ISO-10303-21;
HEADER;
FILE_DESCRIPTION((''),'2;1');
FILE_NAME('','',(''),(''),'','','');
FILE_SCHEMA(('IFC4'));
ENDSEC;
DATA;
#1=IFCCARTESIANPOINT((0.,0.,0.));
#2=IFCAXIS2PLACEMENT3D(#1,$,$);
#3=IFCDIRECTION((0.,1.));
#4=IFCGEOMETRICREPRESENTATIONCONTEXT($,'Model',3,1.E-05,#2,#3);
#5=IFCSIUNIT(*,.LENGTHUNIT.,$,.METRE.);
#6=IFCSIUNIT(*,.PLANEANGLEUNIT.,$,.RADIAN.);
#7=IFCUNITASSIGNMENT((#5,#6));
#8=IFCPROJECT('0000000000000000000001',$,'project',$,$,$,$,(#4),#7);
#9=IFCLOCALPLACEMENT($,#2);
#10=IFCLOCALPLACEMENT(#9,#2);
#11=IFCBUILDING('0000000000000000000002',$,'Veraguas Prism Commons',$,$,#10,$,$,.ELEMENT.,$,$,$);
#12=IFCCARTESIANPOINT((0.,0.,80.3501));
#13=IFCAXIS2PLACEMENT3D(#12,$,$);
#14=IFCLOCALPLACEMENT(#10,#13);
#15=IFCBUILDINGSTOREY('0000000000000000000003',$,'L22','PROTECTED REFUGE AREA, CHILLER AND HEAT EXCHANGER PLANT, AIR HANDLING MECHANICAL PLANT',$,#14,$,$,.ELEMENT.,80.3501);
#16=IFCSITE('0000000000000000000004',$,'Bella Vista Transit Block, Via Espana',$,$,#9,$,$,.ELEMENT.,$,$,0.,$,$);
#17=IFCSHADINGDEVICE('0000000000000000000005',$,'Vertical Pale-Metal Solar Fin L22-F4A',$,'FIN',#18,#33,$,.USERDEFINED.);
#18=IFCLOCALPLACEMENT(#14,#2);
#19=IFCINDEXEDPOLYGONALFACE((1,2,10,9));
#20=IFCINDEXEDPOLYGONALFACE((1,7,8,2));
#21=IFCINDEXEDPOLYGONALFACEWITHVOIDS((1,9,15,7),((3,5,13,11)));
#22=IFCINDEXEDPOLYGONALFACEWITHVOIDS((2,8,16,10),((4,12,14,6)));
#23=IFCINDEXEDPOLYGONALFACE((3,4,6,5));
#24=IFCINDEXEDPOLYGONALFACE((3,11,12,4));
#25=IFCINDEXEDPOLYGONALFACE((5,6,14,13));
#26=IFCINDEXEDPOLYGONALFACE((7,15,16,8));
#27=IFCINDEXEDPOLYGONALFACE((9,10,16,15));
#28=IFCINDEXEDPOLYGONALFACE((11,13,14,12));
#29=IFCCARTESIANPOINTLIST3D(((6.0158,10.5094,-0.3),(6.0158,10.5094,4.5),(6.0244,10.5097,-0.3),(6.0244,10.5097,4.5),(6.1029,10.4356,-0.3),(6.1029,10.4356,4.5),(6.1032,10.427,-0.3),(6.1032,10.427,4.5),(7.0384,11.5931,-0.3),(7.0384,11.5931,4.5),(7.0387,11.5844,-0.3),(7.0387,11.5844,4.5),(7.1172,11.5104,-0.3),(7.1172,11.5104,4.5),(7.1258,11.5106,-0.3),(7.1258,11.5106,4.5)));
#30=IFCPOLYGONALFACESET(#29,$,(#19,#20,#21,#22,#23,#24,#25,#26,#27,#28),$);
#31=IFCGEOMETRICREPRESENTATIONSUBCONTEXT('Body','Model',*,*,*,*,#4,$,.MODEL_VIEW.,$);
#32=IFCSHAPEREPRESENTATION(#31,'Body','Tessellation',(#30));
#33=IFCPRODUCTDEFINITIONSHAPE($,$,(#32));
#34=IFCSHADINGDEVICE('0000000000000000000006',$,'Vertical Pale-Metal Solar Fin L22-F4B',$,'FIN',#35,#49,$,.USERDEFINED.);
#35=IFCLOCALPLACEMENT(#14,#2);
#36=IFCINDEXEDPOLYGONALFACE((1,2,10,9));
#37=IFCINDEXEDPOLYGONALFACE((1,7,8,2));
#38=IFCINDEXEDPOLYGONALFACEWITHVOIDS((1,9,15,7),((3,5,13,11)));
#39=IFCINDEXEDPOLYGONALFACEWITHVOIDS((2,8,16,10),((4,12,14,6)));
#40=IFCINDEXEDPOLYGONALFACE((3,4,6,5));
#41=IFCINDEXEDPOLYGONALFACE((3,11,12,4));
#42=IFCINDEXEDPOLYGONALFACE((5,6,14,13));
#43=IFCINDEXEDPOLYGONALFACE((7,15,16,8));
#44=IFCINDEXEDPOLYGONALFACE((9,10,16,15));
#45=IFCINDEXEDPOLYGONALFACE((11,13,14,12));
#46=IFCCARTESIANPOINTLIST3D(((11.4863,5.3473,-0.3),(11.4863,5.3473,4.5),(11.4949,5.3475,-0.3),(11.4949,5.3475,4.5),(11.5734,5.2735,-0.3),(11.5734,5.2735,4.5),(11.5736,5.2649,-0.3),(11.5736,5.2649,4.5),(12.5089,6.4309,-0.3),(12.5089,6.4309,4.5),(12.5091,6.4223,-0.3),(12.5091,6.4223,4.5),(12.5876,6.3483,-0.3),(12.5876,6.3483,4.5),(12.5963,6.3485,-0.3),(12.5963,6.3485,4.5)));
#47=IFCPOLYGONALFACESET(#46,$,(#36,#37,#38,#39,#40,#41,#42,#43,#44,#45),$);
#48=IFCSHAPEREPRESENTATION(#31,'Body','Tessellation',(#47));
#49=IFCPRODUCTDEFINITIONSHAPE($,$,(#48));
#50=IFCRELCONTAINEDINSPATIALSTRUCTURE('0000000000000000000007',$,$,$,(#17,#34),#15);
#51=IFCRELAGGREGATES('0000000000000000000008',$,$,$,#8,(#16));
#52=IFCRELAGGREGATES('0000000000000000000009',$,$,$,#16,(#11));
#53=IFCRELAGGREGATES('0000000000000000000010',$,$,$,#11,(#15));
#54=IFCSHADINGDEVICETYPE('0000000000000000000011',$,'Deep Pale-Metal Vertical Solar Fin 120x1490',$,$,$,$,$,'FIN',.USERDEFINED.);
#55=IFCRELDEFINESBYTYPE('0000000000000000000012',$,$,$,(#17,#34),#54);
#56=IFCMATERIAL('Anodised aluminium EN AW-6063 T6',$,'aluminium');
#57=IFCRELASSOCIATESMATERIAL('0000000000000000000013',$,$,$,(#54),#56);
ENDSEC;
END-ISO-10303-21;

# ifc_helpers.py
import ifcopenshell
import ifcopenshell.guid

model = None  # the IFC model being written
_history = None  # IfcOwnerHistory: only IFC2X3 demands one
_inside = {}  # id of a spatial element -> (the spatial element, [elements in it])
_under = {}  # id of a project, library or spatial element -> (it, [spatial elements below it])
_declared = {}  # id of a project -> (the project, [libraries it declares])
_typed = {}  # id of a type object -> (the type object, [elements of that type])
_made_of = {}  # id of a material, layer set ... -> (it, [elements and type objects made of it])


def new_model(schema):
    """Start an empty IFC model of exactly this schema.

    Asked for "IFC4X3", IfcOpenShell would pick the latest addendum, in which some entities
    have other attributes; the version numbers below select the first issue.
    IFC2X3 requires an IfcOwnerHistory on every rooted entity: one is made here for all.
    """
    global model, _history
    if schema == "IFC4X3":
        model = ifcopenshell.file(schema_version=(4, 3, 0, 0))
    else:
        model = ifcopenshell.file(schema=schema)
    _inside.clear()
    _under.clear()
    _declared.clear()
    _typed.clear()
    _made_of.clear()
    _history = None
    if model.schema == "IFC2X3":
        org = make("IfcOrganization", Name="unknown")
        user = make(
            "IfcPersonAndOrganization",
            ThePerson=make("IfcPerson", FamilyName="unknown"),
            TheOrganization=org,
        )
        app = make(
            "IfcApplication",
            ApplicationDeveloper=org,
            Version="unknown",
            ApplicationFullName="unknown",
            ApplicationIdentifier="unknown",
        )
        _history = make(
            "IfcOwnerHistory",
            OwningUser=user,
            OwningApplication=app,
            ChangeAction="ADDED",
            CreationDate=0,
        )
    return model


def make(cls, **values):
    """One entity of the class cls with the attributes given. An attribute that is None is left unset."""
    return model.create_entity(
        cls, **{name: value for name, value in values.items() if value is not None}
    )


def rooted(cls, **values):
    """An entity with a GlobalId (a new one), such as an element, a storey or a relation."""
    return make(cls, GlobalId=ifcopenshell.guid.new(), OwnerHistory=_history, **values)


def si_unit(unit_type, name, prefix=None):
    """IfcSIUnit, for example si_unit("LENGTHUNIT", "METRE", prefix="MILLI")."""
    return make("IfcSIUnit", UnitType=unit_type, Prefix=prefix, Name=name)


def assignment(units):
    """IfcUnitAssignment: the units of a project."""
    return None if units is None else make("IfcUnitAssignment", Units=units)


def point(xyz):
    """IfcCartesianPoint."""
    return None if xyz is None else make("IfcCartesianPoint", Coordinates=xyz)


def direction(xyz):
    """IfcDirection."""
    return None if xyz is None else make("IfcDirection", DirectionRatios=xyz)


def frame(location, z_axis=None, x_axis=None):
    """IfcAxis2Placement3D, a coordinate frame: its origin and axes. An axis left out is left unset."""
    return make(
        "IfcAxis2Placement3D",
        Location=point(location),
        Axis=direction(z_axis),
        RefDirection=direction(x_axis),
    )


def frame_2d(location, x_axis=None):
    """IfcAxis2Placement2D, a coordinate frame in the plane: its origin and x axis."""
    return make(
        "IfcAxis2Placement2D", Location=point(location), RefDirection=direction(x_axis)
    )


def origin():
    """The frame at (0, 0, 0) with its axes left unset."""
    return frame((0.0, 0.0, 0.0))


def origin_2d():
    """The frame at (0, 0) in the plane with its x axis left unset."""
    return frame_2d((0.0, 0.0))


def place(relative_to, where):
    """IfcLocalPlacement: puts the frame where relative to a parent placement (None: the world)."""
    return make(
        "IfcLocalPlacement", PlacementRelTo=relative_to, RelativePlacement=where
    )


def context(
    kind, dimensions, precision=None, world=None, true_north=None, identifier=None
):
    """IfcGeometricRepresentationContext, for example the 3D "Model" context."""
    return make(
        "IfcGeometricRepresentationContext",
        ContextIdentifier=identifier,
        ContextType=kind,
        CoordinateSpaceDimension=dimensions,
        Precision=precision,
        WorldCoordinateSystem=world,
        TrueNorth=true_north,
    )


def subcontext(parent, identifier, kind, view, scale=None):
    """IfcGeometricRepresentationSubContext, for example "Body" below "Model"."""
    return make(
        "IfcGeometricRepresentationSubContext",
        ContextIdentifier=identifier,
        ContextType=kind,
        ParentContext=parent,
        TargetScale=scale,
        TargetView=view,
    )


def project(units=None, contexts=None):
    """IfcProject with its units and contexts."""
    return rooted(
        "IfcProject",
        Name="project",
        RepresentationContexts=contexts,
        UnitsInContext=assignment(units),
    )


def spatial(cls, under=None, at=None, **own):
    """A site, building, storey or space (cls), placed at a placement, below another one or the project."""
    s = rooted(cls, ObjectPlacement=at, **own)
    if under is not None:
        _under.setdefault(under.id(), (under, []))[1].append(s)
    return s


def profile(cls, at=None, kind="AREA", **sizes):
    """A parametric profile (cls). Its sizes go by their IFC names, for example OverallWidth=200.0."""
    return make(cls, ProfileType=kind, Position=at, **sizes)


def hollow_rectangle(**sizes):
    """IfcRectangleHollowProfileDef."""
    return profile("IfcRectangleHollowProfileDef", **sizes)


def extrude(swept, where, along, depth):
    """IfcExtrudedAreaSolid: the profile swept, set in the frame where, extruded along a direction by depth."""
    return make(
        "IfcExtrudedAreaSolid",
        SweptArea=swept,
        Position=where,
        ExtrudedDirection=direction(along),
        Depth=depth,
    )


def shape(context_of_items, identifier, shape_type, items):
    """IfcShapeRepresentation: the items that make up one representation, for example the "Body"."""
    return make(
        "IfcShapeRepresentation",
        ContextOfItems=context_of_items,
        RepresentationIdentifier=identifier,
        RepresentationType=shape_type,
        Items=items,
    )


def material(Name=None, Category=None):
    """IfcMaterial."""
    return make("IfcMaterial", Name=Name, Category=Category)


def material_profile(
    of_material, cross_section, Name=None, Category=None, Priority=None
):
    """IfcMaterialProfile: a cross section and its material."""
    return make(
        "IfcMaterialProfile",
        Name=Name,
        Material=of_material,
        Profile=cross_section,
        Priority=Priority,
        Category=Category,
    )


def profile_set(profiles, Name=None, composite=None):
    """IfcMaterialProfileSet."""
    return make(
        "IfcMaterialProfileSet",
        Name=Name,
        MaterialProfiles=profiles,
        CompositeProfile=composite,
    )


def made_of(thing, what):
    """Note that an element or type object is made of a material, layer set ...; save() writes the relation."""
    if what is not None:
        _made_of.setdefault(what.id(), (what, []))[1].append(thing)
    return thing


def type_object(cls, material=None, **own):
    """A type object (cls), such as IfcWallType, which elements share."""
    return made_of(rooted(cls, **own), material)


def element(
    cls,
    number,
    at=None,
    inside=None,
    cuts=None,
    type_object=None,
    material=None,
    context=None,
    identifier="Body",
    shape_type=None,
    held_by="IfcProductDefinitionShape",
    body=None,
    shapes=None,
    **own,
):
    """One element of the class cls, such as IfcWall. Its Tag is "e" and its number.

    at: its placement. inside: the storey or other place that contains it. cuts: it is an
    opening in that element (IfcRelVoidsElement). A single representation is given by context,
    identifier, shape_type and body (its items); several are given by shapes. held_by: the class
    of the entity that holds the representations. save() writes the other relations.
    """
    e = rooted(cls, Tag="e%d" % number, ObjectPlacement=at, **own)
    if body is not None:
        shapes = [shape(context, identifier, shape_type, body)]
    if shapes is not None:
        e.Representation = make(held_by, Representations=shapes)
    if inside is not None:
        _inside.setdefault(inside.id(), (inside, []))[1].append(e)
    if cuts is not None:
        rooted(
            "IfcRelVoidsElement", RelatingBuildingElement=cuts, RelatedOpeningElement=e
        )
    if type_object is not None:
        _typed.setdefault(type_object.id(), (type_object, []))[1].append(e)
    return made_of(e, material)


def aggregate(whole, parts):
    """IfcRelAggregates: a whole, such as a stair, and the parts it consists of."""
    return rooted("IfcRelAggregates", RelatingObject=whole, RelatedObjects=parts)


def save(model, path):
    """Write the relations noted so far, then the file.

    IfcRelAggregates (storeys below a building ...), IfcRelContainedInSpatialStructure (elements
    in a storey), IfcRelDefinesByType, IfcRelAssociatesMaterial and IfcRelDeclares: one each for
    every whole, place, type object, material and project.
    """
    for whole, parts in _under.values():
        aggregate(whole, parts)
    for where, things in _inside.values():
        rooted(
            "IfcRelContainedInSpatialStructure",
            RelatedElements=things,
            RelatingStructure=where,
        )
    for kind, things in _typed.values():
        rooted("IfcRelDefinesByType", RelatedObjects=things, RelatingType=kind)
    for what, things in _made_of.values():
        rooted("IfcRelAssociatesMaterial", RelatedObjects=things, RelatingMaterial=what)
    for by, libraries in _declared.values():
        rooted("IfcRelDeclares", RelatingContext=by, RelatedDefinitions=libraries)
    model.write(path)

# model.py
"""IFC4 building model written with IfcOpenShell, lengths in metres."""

from ifc_helpers import new_model, si_unit, direction, frame, origin, origin_2d, place, context, subcontext, project, spatial, hollow_rectangle, extrude, material, material_profile, profile_set, type_object, element, save


model = new_model("IFC4")

# Units and contexts
model_context = context("Model", 3, precision=1e-05, world=origin(), true_north=direction((0.0, 1.0)))
body_context = subcontext(model_context, "Body", "Model", "MODEL_VIEW")
ifc_project = project(units=[si_unit("LENGTHUNIT", "METRE"), si_unit("PLANEANGLEUNIT", "RADIAN")], contexts=[model_context])

# Site, building, storey
site_placement = place(None, origin())
site = spatial("IfcSite", under=ifc_project, at=site_placement, Name="Bella Vista Transit Block, Via Espana", CompositionType="ELEMENT", RefElevation=0.0)
building_placement = place(site_placement, origin())
building = spatial("IfcBuilding", under=site, at=building_placement, Name="Veraguas Prism Commons", CompositionType="ELEMENT")
storey_placement = place(building_placement, frame((0.0, 0.0, 80.3501)))
storey = spatial("IfcBuildingStorey", under=building, at=storey_placement, Name="L22", Description="PROTECTED REFUGE AREA, CHILLER AND HEAT EXCHANGER PLANT, AIR HANDLING MECHANICAL PLANT", CompositionType="ELEMENT", Elevation=80.3501)

# Shared definitions
ifc_material_1 = material(Name="Anodised aluminium EN AW-6063 T6", Category="aluminium")

# Shading devices
ifc_material_profile_1 = material_profile(ifc_material_1, hollow_rectangle(XDim=0.1201, YDim=1.49, WallThickness=0.0061, at=origin_2d()), Name="FIN120X1490X6")
ifc_profile_set_1 = profile_set([ifc_material_profile_1], Name="Anodised aluminium EN AW-6063 T6")
shading_device_type = type_object("IfcShadingDeviceType", Name="Deep Pale-Metal Vertical Solar Fin 120x1490", ElementType="FIN", PredefinedType="USERDEFINED", material=ifc_profile_set_1)
for number, where, z_axis, x_axis, name in (
    (1, (6.5708, 11.01, -0.3), (0.0, 0.0, 1.0), (0.727293, -0.686328, 0.0), "Vertical Pale-Metal Solar Fin L22-F4A"),
    (2, (12.0413, 5.8479, -0.3), (0.0, 0.0, 1.0), (0.727293, -0.686328, 0.0), "Vertical Pale-Metal Solar Fin L22-F4B"),
):
    element("IfcShadingDevice", number, at=place(storey_placement, frame(where, z_axis=z_axis, x_axis=x_axis)), inside=storey, type_object=shading_device_type, Name=name, ObjectType="FIN", PredefinedType="USERDEFINED", context=body_context, shape_type="SweptSolid", body=[
        extrude(hollow_rectangle(XDim=0.1201, YDim=1.49, WallThickness=0.0061, at=origin_2d()), origin(), (0.0, 0.0, 1.0), 4.8),
    ])

save(model, "model.ifc")
